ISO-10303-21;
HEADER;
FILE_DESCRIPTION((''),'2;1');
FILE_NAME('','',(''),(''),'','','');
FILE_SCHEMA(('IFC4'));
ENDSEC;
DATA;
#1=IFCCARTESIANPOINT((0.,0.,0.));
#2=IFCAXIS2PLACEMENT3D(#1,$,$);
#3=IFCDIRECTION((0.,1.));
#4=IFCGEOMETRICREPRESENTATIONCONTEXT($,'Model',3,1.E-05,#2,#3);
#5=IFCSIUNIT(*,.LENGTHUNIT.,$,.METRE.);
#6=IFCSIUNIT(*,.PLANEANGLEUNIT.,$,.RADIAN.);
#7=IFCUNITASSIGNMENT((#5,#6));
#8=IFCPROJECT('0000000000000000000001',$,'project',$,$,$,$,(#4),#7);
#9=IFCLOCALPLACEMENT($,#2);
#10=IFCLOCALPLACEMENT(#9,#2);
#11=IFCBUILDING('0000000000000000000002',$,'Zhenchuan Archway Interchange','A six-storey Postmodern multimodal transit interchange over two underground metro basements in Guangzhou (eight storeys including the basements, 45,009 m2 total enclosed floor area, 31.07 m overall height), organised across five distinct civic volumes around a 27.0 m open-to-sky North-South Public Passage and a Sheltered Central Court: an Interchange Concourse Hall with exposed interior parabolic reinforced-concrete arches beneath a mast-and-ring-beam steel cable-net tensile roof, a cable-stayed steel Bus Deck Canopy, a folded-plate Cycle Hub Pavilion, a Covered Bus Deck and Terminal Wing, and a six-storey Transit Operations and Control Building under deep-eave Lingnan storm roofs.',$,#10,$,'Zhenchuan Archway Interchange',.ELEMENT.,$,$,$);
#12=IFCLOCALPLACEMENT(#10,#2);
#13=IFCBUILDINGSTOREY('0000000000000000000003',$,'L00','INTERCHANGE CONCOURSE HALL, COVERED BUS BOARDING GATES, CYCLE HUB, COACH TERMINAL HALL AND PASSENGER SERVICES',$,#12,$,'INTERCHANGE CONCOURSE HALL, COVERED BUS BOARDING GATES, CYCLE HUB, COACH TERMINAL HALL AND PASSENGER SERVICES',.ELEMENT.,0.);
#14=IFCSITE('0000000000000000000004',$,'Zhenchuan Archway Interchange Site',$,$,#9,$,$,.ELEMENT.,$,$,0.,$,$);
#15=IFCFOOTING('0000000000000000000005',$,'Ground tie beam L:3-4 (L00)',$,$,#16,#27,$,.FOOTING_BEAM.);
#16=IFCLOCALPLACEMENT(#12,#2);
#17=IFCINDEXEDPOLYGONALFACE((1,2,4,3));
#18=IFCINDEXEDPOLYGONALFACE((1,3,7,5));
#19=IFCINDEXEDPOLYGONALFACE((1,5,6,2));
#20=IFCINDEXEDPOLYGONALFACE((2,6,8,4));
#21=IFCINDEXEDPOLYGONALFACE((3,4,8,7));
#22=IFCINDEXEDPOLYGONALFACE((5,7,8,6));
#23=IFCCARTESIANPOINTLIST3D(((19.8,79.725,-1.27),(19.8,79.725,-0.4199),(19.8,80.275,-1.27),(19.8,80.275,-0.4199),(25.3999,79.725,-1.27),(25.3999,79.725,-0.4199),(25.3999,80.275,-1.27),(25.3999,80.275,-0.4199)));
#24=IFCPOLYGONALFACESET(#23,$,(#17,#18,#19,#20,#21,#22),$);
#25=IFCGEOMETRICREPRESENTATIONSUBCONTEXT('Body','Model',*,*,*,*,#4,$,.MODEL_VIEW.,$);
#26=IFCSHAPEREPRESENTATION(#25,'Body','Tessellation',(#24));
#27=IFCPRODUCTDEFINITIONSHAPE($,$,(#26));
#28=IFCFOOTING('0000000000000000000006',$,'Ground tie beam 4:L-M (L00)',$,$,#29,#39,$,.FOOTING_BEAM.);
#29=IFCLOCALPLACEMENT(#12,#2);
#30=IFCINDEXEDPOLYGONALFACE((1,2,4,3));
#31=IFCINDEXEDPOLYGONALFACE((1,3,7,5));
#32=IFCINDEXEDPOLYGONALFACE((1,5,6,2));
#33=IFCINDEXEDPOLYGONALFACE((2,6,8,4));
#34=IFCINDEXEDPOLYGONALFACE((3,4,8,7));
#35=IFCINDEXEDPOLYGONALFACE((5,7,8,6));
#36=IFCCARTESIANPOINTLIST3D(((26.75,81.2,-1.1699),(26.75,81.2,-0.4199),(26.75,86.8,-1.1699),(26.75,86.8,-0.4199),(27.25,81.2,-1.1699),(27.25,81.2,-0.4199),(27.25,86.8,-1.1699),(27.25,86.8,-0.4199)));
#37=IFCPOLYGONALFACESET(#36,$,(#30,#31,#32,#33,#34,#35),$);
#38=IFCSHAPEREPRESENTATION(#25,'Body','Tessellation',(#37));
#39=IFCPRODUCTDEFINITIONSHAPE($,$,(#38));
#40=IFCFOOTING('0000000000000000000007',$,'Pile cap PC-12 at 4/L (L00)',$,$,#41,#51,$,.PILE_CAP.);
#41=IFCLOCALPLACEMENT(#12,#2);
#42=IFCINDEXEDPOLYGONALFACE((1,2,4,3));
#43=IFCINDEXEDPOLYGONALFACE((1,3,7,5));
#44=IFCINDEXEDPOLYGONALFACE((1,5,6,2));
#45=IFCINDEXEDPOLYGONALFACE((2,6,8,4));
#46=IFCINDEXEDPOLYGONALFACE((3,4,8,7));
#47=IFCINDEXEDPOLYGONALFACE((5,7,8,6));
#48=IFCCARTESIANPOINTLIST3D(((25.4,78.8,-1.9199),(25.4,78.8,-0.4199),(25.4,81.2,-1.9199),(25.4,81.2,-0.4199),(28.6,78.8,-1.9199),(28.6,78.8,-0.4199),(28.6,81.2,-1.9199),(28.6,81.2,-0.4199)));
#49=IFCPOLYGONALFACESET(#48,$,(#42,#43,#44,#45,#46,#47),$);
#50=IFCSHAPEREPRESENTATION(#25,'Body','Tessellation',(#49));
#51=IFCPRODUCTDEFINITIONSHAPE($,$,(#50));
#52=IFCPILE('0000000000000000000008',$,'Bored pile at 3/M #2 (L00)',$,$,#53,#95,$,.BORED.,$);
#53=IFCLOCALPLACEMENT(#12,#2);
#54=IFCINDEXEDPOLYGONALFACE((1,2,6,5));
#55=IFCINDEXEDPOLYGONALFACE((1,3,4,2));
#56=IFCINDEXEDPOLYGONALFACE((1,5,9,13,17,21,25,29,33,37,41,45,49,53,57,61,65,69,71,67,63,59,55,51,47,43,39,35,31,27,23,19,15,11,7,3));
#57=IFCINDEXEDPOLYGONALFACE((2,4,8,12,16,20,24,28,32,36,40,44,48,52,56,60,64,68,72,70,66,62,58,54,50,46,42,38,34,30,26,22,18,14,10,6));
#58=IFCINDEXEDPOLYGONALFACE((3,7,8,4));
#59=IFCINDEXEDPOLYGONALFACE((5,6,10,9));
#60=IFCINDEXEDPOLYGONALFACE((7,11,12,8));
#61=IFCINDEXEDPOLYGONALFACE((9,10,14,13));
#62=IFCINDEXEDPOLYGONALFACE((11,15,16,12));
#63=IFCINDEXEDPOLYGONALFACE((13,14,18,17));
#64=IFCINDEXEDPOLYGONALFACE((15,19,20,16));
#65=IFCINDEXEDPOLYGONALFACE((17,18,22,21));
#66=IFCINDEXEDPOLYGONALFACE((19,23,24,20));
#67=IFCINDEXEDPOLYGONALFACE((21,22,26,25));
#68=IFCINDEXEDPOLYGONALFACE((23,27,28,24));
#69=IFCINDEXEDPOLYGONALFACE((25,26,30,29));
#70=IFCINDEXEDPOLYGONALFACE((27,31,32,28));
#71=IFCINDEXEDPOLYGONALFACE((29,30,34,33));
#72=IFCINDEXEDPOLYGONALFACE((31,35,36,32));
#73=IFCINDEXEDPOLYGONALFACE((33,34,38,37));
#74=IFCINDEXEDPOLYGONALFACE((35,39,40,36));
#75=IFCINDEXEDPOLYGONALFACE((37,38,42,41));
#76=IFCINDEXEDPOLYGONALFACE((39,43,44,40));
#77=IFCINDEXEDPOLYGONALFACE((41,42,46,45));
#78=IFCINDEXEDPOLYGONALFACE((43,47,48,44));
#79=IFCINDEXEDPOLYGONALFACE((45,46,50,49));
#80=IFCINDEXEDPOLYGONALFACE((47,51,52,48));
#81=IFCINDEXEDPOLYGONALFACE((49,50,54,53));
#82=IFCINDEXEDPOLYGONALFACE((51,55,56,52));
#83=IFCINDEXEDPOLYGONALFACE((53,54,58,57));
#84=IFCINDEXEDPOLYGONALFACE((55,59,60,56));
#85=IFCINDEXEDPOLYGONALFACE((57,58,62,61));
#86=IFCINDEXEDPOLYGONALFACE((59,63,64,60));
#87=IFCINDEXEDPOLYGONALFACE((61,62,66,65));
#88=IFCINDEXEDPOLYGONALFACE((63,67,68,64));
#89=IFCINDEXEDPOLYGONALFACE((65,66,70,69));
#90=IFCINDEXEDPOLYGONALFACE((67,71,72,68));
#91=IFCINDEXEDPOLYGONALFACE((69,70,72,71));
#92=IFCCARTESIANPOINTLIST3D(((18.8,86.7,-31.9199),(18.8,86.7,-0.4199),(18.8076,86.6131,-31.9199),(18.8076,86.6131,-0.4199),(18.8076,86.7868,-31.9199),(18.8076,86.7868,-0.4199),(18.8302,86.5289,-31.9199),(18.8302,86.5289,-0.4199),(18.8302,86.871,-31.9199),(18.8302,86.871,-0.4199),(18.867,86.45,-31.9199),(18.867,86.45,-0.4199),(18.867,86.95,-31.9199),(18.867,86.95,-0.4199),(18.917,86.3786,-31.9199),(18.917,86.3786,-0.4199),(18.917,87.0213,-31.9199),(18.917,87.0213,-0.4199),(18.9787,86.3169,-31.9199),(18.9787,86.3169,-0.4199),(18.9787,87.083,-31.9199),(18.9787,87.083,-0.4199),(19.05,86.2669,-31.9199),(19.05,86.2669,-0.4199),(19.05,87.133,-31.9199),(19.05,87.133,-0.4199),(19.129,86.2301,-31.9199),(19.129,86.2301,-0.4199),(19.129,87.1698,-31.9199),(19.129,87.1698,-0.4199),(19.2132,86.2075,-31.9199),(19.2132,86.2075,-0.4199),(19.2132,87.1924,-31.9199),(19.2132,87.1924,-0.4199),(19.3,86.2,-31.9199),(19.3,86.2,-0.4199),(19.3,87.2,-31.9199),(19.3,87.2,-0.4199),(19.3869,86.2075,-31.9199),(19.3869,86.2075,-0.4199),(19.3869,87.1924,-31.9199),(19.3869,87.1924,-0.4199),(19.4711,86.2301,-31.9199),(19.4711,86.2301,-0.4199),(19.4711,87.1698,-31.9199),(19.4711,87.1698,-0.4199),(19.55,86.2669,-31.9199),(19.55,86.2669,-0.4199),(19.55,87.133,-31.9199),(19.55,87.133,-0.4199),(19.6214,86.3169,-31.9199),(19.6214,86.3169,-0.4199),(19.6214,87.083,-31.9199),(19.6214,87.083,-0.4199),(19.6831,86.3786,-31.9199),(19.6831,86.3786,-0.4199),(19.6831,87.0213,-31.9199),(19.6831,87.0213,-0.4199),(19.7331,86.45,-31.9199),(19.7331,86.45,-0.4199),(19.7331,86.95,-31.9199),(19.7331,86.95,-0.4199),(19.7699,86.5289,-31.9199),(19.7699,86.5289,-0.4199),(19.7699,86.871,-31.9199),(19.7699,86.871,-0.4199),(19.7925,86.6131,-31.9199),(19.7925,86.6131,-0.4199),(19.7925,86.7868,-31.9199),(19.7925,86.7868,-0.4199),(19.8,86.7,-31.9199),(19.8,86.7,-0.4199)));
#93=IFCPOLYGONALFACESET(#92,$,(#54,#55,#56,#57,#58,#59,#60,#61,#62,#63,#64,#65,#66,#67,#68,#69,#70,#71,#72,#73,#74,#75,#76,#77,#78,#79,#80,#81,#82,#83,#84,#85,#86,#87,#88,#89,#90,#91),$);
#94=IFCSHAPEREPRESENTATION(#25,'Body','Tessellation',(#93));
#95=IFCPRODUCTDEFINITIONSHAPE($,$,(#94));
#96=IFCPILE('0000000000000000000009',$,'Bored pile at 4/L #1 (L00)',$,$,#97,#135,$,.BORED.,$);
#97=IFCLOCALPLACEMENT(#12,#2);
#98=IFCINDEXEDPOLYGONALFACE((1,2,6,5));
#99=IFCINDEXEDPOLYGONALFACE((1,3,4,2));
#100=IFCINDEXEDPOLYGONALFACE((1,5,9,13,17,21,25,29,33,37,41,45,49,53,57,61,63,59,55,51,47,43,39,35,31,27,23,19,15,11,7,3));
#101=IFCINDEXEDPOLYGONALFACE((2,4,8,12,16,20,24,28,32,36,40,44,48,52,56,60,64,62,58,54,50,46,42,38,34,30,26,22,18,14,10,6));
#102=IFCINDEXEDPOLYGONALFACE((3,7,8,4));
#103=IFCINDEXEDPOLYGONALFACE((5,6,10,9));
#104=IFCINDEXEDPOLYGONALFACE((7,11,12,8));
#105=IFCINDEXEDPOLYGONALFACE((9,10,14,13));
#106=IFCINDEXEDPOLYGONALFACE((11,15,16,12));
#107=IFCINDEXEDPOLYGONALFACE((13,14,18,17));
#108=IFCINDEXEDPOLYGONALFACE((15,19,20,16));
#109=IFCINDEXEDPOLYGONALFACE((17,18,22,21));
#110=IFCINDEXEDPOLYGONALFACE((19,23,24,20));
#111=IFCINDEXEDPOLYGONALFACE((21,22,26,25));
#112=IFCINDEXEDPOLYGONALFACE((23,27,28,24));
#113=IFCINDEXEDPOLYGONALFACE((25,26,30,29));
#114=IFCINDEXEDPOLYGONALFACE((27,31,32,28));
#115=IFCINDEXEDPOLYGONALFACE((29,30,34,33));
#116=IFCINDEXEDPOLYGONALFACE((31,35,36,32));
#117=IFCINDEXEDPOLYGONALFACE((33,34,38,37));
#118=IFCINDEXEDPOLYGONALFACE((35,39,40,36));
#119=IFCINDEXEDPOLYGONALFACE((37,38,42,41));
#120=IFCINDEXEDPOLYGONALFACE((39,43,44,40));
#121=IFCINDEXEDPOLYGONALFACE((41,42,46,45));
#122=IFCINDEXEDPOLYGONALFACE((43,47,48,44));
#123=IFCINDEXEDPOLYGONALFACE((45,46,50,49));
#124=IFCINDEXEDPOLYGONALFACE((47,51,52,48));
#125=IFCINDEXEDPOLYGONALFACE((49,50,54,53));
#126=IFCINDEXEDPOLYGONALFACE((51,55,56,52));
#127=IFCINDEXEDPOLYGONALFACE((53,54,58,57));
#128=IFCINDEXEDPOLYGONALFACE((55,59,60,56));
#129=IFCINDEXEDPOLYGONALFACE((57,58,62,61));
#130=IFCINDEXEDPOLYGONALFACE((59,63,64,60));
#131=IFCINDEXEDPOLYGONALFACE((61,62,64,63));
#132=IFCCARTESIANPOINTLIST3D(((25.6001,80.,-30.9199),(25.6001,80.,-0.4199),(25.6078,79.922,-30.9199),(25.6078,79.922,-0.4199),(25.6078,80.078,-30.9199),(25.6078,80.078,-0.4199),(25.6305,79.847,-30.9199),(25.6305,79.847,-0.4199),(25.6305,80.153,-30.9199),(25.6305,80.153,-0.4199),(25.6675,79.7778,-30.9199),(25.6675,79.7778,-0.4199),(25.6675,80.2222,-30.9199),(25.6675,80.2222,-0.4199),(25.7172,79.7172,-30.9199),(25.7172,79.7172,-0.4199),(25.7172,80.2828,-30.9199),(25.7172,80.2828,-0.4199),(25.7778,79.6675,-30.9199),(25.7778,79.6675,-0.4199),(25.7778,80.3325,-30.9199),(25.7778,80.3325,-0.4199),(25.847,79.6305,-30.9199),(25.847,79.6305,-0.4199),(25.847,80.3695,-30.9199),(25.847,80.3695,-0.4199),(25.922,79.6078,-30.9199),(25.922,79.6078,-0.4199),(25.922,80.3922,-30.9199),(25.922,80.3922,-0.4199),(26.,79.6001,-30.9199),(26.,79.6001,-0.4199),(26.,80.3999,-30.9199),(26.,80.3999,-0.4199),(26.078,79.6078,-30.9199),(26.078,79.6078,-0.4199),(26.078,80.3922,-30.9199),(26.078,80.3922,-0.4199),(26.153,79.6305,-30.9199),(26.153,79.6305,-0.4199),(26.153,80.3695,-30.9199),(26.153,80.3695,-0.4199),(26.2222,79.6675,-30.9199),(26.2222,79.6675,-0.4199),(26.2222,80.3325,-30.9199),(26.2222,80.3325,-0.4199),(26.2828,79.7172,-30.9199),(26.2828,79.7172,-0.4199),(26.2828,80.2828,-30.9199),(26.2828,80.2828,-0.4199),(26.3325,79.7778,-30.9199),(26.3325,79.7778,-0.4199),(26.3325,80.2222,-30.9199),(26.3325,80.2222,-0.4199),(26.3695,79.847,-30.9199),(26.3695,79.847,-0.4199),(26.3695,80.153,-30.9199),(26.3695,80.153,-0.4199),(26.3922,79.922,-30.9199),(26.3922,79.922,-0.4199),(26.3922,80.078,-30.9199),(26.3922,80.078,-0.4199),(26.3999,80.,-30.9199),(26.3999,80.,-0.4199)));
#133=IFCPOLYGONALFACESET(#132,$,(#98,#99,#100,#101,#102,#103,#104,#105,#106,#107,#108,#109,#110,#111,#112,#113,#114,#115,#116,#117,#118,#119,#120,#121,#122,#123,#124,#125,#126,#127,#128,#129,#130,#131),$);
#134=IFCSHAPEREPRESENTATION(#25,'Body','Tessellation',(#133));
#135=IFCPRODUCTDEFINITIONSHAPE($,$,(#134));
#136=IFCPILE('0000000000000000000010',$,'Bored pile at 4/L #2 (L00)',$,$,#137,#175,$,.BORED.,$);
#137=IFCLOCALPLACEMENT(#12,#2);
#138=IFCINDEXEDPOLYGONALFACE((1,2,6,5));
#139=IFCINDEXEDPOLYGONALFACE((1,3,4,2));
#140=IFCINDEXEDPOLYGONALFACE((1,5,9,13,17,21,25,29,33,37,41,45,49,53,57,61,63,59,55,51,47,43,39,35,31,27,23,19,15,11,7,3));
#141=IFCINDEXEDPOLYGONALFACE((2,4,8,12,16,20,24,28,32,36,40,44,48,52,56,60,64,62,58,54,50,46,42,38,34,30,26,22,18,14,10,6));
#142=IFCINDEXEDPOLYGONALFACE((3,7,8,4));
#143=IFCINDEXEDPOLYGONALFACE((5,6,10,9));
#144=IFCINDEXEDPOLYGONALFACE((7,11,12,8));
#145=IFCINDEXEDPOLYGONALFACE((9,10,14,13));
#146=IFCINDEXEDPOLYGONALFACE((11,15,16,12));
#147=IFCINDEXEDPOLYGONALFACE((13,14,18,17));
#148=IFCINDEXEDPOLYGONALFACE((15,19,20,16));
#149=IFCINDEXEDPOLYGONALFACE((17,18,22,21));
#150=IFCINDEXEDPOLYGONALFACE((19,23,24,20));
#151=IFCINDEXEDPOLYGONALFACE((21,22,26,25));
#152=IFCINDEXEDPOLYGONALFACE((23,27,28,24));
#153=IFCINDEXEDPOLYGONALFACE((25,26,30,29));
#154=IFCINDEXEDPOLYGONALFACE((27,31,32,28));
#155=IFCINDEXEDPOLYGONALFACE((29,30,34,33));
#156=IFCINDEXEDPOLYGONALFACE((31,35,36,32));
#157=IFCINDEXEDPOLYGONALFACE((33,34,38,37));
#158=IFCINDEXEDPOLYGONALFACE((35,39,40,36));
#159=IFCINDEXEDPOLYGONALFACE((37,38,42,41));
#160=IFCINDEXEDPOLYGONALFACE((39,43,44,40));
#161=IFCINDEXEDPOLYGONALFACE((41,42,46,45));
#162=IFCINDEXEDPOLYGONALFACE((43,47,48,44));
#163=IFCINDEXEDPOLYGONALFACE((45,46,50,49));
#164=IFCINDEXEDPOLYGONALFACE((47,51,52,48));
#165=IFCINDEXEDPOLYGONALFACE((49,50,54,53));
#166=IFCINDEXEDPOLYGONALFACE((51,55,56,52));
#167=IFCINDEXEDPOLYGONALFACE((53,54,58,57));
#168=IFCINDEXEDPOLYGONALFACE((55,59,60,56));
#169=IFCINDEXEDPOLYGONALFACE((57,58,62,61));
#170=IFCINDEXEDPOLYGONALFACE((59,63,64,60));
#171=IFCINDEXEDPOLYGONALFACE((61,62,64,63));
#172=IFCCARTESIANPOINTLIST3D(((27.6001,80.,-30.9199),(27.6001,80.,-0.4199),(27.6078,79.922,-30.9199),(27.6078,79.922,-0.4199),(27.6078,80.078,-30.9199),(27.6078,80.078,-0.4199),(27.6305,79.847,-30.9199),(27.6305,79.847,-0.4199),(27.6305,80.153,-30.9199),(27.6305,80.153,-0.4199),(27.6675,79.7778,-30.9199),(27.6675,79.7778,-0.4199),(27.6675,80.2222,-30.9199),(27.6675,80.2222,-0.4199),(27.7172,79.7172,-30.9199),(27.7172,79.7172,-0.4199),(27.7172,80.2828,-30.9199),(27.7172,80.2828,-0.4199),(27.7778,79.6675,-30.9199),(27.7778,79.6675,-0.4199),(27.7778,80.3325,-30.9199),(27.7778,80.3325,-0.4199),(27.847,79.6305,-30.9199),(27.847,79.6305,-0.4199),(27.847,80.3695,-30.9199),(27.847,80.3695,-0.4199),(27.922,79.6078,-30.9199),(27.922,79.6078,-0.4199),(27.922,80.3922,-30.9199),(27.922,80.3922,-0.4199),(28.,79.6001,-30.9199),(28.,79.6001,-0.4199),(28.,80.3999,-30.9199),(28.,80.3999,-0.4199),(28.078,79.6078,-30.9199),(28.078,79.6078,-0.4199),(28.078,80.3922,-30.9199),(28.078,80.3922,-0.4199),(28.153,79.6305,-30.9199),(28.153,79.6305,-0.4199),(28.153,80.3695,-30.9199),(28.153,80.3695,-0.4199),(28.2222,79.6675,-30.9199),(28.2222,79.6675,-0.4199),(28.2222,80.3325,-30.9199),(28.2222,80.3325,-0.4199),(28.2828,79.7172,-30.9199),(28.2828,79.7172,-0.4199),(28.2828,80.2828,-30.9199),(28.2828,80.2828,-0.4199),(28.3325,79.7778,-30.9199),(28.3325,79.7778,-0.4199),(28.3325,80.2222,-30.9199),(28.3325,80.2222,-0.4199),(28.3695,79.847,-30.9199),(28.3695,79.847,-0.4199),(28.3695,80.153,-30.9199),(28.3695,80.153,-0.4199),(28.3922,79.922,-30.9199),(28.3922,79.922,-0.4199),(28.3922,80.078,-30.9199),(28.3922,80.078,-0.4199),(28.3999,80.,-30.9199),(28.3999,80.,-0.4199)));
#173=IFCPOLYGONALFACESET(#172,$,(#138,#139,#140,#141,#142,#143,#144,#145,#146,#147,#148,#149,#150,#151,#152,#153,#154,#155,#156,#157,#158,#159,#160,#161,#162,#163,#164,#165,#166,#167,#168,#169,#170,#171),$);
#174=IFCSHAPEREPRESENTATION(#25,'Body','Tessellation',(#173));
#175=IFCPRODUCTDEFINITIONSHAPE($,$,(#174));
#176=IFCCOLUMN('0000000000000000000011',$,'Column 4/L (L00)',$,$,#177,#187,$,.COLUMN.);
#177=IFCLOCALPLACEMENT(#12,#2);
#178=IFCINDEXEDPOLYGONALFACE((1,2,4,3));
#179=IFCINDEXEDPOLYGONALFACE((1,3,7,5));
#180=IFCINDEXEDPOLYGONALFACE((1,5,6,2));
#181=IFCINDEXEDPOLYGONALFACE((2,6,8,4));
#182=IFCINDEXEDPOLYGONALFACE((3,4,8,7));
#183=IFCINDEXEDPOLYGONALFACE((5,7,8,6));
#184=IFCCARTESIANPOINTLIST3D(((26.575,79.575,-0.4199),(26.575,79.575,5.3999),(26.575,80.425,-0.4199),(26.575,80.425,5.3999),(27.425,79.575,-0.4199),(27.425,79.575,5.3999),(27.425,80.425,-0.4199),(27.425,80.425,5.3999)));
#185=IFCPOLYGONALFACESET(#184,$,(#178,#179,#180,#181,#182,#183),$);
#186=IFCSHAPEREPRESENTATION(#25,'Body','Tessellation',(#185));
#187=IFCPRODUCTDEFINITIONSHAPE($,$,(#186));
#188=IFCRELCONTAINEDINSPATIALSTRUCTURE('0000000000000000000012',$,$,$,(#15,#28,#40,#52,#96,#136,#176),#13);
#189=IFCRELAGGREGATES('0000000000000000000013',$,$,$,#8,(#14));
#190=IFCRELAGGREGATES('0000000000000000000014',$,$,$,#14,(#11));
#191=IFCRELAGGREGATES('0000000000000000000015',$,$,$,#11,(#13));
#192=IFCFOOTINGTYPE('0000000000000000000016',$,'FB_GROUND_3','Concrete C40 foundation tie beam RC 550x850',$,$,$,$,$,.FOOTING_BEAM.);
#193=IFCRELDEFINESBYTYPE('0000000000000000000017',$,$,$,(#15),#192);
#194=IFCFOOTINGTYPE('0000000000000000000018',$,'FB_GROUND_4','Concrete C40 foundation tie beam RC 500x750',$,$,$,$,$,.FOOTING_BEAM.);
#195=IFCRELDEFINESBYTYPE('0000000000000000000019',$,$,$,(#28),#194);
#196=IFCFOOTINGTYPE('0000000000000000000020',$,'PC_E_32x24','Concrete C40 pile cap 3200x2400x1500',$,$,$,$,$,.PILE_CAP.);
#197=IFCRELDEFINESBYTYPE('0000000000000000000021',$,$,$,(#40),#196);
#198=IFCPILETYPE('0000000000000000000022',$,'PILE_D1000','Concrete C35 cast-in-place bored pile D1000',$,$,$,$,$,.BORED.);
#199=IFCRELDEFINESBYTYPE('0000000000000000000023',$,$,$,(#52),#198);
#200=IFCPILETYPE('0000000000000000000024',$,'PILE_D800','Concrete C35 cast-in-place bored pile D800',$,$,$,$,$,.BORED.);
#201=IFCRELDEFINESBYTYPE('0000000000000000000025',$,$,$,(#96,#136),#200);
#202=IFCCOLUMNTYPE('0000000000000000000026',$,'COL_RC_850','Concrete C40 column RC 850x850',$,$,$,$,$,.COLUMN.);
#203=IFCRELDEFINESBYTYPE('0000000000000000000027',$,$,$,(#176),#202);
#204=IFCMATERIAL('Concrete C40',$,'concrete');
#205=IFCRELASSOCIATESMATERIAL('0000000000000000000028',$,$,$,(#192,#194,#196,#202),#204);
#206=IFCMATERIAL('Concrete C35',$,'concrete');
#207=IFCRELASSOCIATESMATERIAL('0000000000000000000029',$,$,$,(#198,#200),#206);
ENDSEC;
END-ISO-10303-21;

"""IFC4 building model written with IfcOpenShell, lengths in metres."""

from ifc_helpers import new_model, si_unit, direction, frame, origin, origin_2d, place, context, subcontext, project, spatial, rectangle, circle, extrude, material, material_profile, profile_set, type_object, element, save


model = new_model("IFC4")

# Units and contexts
model_context = context("Model", 3, precision=1e-05, world=origin(), true_north=direction((0.0, 1.0)))
body_context = subcontext(model_context, "Body", "Model", "MODEL_VIEW")
ifc_project = project(units=[si_unit("LENGTHUNIT", "METRE"), si_unit("PLANEANGLEUNIT", "RADIAN")], contexts=[model_context])

# Site, building, storey
site_placement = place(None, origin())
site = spatial("IfcSite", under=ifc_project, at=site_placement, Name="Zhenchuan Archway Interchange Site", CompositionType="ELEMENT", RefElevation=0.0)
building_placement = place(site_placement, origin())
building = spatial("IfcBuilding", under=site, at=building_placement, Name="Zhenchuan Archway Interchange", Description="A six-storey Postmodern multimodal transit interchange over two underground metro basements in Guangzhou (eight storeys including the basements, 45,009 m2 total enclosed floor area, 31.07 m overall height), organised across five distinct civic volumes around a 27.0 m open-to-sky North-South Public Passage and a Sheltered Central Court: an Interchange Concourse Hall with exposed interior parabolic reinforced-concrete arches beneath a mast-and-ring-beam steel cable-net tensile roof, a cable-stayed steel Bus Deck Canopy, a folded-plate Cycle Hub Pavilion, a Covered Bus Deck and Terminal Wing, and a six-storey Transit Operations and Control Building under deep-eave Lingnan storm roofs.", LongName="Zhenchuan Archway Interchange", CompositionType="ELEMENT")
storey_placement = place(building_placement, origin())
storey = spatial("IfcBuildingStorey", under=building, at=storey_placement, Name="L00", Description="INTERCHANGE CONCOURSE HALL, COVERED BUS BOARDING GATES, CYCLE HUB, COACH TERMINAL HALL AND PASSENGER SERVICES", LongName="INTERCHANGE CONCOURSE HALL, COVERED BUS BOARDING GATES, CYCLE HUB, COACH TERMINAL HALL AND PASSENGER SERVICES", CompositionType="ELEMENT", Elevation=0.0)

# Footings
ifc_material_1 = material(Name="Concrete C40", Category="concrete")
ifc_material_profile_1 = material_profile(ifc_material_1, rectangle(XDim=0.55, YDim=0.8501, at=origin_2d()), Name="RC 550x850")
ifc_profile_set_1 = profile_set([ifc_material_profile_1], Name="Concrete C40")
footing_type_1 = type_object("IfcFootingType", Name="FB_GROUND_3", Description="Concrete C40 foundation tie beam RC 550x850", PredefinedType="FOOTING_BEAM", material=ifc_profile_set_1)
footing_1_placement = place(storey_placement, frame((19.8, 80.0, -0.845), z_axis=(1.0, 0.0, 0.0), x_axis=(0.0, 1.0, 0.0)))
element("IfcFooting", 1, at=footing_1_placement, inside=storey, type_object=footing_type_1, Name="Ground tie beam L:3-4 (L00)", PredefinedType="FOOTING_BEAM", context=body_context, shape_type="SweptSolid", body=[
    extrude(rectangle(XDim=0.55, YDim=0.8501, at=origin_2d()), origin(), (0.0, 0.0, 1.0), 5.5999),
])
ifc_material_profile_2 = material_profile(ifc_material_1, rectangle(XDim=0.5, YDim=0.75, at=origin_2d()), Name="RC 500x750")
ifc_profile_set_2 = profile_set([ifc_material_profile_2], Name="Concrete C40")
footing_type_2 = type_object("IfcFootingType", Name="FB_GROUND_4", Description="Concrete C40 foundation tie beam RC 500x750", PredefinedType="FOOTING_BEAM", material=ifc_profile_set_2)
footing_2_placement = place(storey_placement, frame((27.0, 81.2, -0.7949), z_axis=(0.0, 1.0, 0.0), x_axis=(-1.0, 0.0, 0.0)))
element("IfcFooting", 2, at=footing_2_placement, inside=storey, type_object=footing_type_2, Name="Ground tie beam 4:L-M (L00)", PredefinedType="FOOTING_BEAM", context=body_context, shape_type="SweptSolid", body=[
    extrude(rectangle(XDim=0.5, YDim=0.75, at=origin_2d()), origin(), (0.0, 0.0, 1.0), 5.6001),
])
footing_type_3 = type_object("IfcFootingType", Name="PC_E_32x24", Description="Concrete C40 pile cap 3200x2400x1500", PredefinedType="PILE_CAP", material=ifc_material_1)
footing_3_placement = place(storey_placement, frame((27.0, 80.0, -1.9199), z_axis=(0.0, 0.0, 1.0), x_axis=(1.0, 0.0, 0.0)))
element("IfcFooting", 3, at=footing_3_placement, inside=storey, type_object=footing_type_3, Name="Pile cap PC-12 at 4/L (L00)", PredefinedType="PILE_CAP", context=body_context, shape_type="SweptSolid", body=[
    extrude(rectangle(XDim=3.2, YDim=2.3999, at=origin_2d()), origin(), (0.0, 0.0, 1.0), 1.5),
])

# Piles
ifc_material_2 = material(Name="Concrete C35", Category="concrete")
ifc_material_profile_3 = material_profile(ifc_material_2, circle(Radius=0.5, at=origin_2d()), Name="BORED PILE 1000")
ifc_profile_set_3 = profile_set([ifc_material_profile_3], Name="Concrete C35")
pile_type_1 = type_object("IfcPileType", Name="PILE_D1000", Description="Concrete C35 cast-in-place bored pile D1000", PredefinedType="BORED", material=ifc_profile_set_3)
pile_placement = place(storey_placement, frame((19.3, 86.7, -0.4199), z_axis=(0.0, 0.0, -1.0), x_axis=(1.0, 0.0, 0.0)))
element("IfcPile", 4, at=pile_placement, inside=storey, type_object=pile_type_1, Name="Bored pile at 3/M #2 (L00)", PredefinedType="BORED", context=body_context, shape_type="SweptSolid", body=[
    extrude(circle(Radius=0.5, at=origin_2d()), origin(), (0.0, 0.0, 1.0), 31.5),
])
ifc_material_profile_4 = material_profile(ifc_material_2, circle(Radius=0.3999, at=origin_2d()), Name="BORED PILE 800")
ifc_profile_set_4 = profile_set([ifc_material_profile_4], Name="Concrete C35")
pile_type_2 = type_object("IfcPileType", Name="PILE_D800", Description="Concrete C35 cast-in-place bored pile D800", PredefinedType="BORED", material=ifc_profile_set_4)
for number, where, z_axis, x_axis, name in (
    (5, (26.0, 80.0, -0.4199), (0.0, 0.0, -1.0), (1.0, 0.0, 0.0), "Bored pile at 4/L #1 (L00)"),
    (6, (28.0, 80.0, -0.4199), (0.0, 0.0, -1.0), (1.0, 0.0, 0.0), "Bored pile at 4/L #2 (L00)"),
):
    element("IfcPile", number, at=place(storey_placement, frame(where, z_axis=z_axis, x_axis=x_axis)), inside=storey, type_object=pile_type_2, Name=name, PredefinedType="BORED", context=body_context, shape_type="SweptSolid", body=[
        extrude(circle(Radius=0.3999, at=origin_2d()), origin(), (0.0, 0.0, 1.0), 30.5),
    ])

# Column
ifc_material_profile_5 = material_profile(ifc_material_1, rectangle(XDim=0.8501, YDim=0.8501, at=origin_2d()), Name="RC 850x850")
ifc_profile_set_5 = profile_set([ifc_material_profile_5], Name="Concrete C40")
column_type = type_object("IfcColumnType", Name="COL_RC_850", Description="Concrete C40 column RC 850x850", PredefinedType="COLUMN", material=ifc_profile_set_5)
column_placement = place(storey_placement, frame((27.0, 80.0, -0.4199), z_axis=(0.0, 0.0, 1.0), x_axis=(1.0, 0.0, 0.0)))
element("IfcColumn", 7, at=column_placement, inside=storey, type_object=column_type, Name="Column 4/L (L00)", PredefinedType="COLUMN", context=body_context, shape_type="SweptSolid", body=[
    extrude(rectangle(XDim=0.8501, YDim=0.8501, at=origin_2d()), origin(), (0.0, 0.0, 1.0), 5.8198),
])

save(model, "model.ifc")
